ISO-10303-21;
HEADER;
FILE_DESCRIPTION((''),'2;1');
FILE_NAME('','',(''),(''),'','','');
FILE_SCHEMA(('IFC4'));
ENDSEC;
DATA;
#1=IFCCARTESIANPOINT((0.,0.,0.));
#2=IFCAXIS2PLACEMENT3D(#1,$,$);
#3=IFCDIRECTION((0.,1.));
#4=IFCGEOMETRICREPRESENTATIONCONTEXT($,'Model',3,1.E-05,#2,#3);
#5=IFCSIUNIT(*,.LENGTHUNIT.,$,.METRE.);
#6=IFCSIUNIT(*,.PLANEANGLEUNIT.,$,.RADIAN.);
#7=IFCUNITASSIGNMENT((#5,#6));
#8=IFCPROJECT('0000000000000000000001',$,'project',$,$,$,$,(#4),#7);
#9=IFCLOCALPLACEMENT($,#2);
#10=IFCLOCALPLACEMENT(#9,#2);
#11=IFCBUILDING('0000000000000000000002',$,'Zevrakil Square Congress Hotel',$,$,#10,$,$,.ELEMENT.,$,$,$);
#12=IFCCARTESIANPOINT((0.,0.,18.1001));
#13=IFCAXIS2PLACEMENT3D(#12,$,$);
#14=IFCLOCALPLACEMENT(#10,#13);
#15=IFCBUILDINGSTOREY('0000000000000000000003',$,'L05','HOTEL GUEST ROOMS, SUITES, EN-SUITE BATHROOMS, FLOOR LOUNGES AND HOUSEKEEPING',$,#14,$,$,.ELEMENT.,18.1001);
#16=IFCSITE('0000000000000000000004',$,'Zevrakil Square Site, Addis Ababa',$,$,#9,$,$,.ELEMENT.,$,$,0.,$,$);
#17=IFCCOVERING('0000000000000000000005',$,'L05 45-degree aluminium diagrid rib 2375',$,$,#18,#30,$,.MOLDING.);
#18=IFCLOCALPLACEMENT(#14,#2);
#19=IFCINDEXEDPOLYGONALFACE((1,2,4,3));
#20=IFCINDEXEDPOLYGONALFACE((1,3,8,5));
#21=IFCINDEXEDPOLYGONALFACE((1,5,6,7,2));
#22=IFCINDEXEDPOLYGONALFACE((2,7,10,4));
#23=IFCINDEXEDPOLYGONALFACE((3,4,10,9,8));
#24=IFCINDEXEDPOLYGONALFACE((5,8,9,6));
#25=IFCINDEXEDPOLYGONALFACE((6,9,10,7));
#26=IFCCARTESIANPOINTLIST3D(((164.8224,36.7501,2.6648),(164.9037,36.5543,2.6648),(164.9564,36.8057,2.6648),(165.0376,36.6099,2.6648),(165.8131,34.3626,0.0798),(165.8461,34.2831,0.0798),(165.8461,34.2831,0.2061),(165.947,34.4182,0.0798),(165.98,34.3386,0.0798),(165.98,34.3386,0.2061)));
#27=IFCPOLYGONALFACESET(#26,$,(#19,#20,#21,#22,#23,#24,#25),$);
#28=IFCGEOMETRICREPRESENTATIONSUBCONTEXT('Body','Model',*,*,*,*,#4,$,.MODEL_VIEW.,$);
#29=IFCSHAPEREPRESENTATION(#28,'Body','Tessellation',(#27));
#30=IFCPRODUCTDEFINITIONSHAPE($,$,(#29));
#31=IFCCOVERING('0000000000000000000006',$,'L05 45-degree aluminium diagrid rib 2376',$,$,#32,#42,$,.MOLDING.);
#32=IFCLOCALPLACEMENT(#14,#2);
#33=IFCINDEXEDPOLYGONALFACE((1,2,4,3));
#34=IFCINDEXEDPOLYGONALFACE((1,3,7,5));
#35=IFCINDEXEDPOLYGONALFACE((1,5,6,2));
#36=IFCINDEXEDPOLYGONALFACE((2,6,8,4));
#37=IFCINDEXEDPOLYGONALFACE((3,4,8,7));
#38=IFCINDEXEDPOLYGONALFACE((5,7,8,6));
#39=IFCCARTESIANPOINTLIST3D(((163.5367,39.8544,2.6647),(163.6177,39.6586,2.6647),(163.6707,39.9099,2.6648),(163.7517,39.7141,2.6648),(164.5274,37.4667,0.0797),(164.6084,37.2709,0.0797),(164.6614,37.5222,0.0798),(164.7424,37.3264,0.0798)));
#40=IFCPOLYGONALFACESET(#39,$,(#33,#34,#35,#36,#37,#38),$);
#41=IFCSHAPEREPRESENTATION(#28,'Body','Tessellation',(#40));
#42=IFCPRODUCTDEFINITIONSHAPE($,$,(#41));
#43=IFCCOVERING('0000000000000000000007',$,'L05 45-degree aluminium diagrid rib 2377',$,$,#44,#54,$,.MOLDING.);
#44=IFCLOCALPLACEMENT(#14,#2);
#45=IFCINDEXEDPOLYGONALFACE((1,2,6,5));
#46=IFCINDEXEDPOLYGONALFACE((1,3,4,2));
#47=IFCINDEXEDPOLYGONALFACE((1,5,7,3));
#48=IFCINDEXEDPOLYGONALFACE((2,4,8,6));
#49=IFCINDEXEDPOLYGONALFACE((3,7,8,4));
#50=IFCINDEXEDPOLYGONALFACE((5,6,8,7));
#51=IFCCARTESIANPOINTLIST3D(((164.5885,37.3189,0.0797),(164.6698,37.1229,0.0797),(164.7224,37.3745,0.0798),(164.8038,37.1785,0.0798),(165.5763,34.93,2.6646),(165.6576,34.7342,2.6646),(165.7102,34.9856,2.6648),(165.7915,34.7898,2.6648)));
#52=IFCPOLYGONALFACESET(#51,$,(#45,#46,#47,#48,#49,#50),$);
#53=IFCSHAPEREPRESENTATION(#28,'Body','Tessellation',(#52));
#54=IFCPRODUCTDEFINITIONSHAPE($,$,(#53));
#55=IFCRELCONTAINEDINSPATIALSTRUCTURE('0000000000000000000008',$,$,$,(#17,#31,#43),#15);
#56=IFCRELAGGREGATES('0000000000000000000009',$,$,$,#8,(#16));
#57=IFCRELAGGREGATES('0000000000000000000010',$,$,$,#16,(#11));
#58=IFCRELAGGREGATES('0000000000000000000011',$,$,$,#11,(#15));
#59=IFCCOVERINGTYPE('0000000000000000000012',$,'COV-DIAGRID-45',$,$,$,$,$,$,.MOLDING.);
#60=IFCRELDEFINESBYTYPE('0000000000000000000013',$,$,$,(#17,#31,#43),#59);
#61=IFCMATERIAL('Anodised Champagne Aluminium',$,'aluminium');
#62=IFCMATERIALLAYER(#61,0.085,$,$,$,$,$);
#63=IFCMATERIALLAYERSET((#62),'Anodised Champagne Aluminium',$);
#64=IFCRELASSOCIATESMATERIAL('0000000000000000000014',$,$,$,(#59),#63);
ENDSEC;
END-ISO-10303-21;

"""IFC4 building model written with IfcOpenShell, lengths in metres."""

from ifc_helpers import new_model, si_unit, direction, frame, origin, place, context, subcontext, project, spatial, polyline, outline, extrude, material, layer, layer_set, type_object, element, save


model = new_model("IFC4")

# Units and contexts
model_context = context("Model", 3, precision=1e-05, world=origin(), true_north=direction((0.0, 1.0)))
body_context = subcontext(model_context, "Body", "Model", "MODEL_VIEW")
ifc_project = project(units=[si_unit("LENGTHUNIT", "METRE"), si_unit("PLANEANGLEUNIT", "RADIAN")], contexts=[model_context])

# Site, building, storey
site_placement = place(None, origin())
site = spatial("IfcSite", under=ifc_project, at=site_placement, Name="Zevrakil Square Site, Addis Ababa", CompositionType="ELEMENT", RefElevation=0.0)
building_placement = place(site_placement, origin())
building = spatial("IfcBuilding", under=site, at=building_placement, Name="Zevrakil Square Congress Hotel", CompositionType="ELEMENT")
storey_placement = place(building_placement, frame((0.0, 0.0, 18.1001)))
storey = spatial("IfcBuildingStorey", under=building, at=storey_placement, Name="L05", Description="HOTEL GUEST ROOMS, SUITES, EN-SUITE BATHROOMS, FLOOR LOUNGES AND HOUSEKEEPING", CompositionType="ELEMENT", Elevation=18.1001)

# Coverings
ifc_material_1 = material(Name="Anodised Champagne Aluminium", Category="aluminium")
ifc_layer_1 = layer(ifc_material_1, 0.085)
ifc_layer_set_1 = layer_set([ifc_layer_1], Name="Anodised Champagne Aluminium")
covering_type_1 = type_object("IfcCoveringType", Name="COV-DIAGRID-45", PredefinedType="MOLDING", material=ifc_layer_set_1)
covering_1_placement = place(storey_placement, frame((165.947, 34.4182, 0.0798), z_axis=(0.923655, 0.383225, 0.000031), x_axis=(0.383225, -0.923655, 0.0)))
element("IfcCovering", 1, at=covering_1_placement, inside=storey, type_object=covering_type_1, Name="L05 45-degree aluminium diagrid rib 2375", PredefinedType="MOLDING", context=body_context, shape_type="SweptSolid", body=[
    extrude(outline(polyline([(0.0, 0.0), (0.0861, 0.0), (0.0861, -0.1262), (-2.3728, -2.585), (-2.5849, -2.585), (0.0, 0.0)])), origin(), (0.0, 0.0, -1.0), 0.145),
])
covering_2_placement = place(storey_placement, frame((164.6614, 37.5222, 0.0798), z_axis=(0.92396, 0.382487, 0.000822), x_axis=(0.382487, -0.923961, 0.0)))
element("IfcCovering", 2, at=covering_2_placement, inside=storey, type_object=covering_type_1, Name="L05 45-degree aluminium diagrid rib 2376", PredefinedType="MOLDING", context=body_context, shape_type="SweptSolid", body=[
    extrude(outline(polyline([(0.0, 0.0), (0.2119, 0.0), (-2.3732, -2.585), (-2.5851, -2.585), (0.0, 0.0)])), origin(), (0.0, 0.0, -1.0), 0.145),
])
covering_3_placement = place(storey_placement, frame((165.7915, 34.7898, 2.6648), z_axis=(0.923637, 0.383266, 0.001231), x_axis=(-0.383267, 0.923638, 0.0)))
element("IfcCovering", 3, at=covering_3_placement, inside=storey, type_object=covering_type_1, Name="L05 45-degree aluminium diagrid rib 2377", PredefinedType="MOLDING", context=body_context, shape_type="SweptSolid", body=[
    extrude(outline(polyline([(0.0, 0.0), (0.212, 0.0), (2.7971, -2.585), (2.5849, -2.585), (0.0, 0.0)])), origin(), (0.0, 0.0, -1.0), 0.145),
])

save(model, "model.ifc")
